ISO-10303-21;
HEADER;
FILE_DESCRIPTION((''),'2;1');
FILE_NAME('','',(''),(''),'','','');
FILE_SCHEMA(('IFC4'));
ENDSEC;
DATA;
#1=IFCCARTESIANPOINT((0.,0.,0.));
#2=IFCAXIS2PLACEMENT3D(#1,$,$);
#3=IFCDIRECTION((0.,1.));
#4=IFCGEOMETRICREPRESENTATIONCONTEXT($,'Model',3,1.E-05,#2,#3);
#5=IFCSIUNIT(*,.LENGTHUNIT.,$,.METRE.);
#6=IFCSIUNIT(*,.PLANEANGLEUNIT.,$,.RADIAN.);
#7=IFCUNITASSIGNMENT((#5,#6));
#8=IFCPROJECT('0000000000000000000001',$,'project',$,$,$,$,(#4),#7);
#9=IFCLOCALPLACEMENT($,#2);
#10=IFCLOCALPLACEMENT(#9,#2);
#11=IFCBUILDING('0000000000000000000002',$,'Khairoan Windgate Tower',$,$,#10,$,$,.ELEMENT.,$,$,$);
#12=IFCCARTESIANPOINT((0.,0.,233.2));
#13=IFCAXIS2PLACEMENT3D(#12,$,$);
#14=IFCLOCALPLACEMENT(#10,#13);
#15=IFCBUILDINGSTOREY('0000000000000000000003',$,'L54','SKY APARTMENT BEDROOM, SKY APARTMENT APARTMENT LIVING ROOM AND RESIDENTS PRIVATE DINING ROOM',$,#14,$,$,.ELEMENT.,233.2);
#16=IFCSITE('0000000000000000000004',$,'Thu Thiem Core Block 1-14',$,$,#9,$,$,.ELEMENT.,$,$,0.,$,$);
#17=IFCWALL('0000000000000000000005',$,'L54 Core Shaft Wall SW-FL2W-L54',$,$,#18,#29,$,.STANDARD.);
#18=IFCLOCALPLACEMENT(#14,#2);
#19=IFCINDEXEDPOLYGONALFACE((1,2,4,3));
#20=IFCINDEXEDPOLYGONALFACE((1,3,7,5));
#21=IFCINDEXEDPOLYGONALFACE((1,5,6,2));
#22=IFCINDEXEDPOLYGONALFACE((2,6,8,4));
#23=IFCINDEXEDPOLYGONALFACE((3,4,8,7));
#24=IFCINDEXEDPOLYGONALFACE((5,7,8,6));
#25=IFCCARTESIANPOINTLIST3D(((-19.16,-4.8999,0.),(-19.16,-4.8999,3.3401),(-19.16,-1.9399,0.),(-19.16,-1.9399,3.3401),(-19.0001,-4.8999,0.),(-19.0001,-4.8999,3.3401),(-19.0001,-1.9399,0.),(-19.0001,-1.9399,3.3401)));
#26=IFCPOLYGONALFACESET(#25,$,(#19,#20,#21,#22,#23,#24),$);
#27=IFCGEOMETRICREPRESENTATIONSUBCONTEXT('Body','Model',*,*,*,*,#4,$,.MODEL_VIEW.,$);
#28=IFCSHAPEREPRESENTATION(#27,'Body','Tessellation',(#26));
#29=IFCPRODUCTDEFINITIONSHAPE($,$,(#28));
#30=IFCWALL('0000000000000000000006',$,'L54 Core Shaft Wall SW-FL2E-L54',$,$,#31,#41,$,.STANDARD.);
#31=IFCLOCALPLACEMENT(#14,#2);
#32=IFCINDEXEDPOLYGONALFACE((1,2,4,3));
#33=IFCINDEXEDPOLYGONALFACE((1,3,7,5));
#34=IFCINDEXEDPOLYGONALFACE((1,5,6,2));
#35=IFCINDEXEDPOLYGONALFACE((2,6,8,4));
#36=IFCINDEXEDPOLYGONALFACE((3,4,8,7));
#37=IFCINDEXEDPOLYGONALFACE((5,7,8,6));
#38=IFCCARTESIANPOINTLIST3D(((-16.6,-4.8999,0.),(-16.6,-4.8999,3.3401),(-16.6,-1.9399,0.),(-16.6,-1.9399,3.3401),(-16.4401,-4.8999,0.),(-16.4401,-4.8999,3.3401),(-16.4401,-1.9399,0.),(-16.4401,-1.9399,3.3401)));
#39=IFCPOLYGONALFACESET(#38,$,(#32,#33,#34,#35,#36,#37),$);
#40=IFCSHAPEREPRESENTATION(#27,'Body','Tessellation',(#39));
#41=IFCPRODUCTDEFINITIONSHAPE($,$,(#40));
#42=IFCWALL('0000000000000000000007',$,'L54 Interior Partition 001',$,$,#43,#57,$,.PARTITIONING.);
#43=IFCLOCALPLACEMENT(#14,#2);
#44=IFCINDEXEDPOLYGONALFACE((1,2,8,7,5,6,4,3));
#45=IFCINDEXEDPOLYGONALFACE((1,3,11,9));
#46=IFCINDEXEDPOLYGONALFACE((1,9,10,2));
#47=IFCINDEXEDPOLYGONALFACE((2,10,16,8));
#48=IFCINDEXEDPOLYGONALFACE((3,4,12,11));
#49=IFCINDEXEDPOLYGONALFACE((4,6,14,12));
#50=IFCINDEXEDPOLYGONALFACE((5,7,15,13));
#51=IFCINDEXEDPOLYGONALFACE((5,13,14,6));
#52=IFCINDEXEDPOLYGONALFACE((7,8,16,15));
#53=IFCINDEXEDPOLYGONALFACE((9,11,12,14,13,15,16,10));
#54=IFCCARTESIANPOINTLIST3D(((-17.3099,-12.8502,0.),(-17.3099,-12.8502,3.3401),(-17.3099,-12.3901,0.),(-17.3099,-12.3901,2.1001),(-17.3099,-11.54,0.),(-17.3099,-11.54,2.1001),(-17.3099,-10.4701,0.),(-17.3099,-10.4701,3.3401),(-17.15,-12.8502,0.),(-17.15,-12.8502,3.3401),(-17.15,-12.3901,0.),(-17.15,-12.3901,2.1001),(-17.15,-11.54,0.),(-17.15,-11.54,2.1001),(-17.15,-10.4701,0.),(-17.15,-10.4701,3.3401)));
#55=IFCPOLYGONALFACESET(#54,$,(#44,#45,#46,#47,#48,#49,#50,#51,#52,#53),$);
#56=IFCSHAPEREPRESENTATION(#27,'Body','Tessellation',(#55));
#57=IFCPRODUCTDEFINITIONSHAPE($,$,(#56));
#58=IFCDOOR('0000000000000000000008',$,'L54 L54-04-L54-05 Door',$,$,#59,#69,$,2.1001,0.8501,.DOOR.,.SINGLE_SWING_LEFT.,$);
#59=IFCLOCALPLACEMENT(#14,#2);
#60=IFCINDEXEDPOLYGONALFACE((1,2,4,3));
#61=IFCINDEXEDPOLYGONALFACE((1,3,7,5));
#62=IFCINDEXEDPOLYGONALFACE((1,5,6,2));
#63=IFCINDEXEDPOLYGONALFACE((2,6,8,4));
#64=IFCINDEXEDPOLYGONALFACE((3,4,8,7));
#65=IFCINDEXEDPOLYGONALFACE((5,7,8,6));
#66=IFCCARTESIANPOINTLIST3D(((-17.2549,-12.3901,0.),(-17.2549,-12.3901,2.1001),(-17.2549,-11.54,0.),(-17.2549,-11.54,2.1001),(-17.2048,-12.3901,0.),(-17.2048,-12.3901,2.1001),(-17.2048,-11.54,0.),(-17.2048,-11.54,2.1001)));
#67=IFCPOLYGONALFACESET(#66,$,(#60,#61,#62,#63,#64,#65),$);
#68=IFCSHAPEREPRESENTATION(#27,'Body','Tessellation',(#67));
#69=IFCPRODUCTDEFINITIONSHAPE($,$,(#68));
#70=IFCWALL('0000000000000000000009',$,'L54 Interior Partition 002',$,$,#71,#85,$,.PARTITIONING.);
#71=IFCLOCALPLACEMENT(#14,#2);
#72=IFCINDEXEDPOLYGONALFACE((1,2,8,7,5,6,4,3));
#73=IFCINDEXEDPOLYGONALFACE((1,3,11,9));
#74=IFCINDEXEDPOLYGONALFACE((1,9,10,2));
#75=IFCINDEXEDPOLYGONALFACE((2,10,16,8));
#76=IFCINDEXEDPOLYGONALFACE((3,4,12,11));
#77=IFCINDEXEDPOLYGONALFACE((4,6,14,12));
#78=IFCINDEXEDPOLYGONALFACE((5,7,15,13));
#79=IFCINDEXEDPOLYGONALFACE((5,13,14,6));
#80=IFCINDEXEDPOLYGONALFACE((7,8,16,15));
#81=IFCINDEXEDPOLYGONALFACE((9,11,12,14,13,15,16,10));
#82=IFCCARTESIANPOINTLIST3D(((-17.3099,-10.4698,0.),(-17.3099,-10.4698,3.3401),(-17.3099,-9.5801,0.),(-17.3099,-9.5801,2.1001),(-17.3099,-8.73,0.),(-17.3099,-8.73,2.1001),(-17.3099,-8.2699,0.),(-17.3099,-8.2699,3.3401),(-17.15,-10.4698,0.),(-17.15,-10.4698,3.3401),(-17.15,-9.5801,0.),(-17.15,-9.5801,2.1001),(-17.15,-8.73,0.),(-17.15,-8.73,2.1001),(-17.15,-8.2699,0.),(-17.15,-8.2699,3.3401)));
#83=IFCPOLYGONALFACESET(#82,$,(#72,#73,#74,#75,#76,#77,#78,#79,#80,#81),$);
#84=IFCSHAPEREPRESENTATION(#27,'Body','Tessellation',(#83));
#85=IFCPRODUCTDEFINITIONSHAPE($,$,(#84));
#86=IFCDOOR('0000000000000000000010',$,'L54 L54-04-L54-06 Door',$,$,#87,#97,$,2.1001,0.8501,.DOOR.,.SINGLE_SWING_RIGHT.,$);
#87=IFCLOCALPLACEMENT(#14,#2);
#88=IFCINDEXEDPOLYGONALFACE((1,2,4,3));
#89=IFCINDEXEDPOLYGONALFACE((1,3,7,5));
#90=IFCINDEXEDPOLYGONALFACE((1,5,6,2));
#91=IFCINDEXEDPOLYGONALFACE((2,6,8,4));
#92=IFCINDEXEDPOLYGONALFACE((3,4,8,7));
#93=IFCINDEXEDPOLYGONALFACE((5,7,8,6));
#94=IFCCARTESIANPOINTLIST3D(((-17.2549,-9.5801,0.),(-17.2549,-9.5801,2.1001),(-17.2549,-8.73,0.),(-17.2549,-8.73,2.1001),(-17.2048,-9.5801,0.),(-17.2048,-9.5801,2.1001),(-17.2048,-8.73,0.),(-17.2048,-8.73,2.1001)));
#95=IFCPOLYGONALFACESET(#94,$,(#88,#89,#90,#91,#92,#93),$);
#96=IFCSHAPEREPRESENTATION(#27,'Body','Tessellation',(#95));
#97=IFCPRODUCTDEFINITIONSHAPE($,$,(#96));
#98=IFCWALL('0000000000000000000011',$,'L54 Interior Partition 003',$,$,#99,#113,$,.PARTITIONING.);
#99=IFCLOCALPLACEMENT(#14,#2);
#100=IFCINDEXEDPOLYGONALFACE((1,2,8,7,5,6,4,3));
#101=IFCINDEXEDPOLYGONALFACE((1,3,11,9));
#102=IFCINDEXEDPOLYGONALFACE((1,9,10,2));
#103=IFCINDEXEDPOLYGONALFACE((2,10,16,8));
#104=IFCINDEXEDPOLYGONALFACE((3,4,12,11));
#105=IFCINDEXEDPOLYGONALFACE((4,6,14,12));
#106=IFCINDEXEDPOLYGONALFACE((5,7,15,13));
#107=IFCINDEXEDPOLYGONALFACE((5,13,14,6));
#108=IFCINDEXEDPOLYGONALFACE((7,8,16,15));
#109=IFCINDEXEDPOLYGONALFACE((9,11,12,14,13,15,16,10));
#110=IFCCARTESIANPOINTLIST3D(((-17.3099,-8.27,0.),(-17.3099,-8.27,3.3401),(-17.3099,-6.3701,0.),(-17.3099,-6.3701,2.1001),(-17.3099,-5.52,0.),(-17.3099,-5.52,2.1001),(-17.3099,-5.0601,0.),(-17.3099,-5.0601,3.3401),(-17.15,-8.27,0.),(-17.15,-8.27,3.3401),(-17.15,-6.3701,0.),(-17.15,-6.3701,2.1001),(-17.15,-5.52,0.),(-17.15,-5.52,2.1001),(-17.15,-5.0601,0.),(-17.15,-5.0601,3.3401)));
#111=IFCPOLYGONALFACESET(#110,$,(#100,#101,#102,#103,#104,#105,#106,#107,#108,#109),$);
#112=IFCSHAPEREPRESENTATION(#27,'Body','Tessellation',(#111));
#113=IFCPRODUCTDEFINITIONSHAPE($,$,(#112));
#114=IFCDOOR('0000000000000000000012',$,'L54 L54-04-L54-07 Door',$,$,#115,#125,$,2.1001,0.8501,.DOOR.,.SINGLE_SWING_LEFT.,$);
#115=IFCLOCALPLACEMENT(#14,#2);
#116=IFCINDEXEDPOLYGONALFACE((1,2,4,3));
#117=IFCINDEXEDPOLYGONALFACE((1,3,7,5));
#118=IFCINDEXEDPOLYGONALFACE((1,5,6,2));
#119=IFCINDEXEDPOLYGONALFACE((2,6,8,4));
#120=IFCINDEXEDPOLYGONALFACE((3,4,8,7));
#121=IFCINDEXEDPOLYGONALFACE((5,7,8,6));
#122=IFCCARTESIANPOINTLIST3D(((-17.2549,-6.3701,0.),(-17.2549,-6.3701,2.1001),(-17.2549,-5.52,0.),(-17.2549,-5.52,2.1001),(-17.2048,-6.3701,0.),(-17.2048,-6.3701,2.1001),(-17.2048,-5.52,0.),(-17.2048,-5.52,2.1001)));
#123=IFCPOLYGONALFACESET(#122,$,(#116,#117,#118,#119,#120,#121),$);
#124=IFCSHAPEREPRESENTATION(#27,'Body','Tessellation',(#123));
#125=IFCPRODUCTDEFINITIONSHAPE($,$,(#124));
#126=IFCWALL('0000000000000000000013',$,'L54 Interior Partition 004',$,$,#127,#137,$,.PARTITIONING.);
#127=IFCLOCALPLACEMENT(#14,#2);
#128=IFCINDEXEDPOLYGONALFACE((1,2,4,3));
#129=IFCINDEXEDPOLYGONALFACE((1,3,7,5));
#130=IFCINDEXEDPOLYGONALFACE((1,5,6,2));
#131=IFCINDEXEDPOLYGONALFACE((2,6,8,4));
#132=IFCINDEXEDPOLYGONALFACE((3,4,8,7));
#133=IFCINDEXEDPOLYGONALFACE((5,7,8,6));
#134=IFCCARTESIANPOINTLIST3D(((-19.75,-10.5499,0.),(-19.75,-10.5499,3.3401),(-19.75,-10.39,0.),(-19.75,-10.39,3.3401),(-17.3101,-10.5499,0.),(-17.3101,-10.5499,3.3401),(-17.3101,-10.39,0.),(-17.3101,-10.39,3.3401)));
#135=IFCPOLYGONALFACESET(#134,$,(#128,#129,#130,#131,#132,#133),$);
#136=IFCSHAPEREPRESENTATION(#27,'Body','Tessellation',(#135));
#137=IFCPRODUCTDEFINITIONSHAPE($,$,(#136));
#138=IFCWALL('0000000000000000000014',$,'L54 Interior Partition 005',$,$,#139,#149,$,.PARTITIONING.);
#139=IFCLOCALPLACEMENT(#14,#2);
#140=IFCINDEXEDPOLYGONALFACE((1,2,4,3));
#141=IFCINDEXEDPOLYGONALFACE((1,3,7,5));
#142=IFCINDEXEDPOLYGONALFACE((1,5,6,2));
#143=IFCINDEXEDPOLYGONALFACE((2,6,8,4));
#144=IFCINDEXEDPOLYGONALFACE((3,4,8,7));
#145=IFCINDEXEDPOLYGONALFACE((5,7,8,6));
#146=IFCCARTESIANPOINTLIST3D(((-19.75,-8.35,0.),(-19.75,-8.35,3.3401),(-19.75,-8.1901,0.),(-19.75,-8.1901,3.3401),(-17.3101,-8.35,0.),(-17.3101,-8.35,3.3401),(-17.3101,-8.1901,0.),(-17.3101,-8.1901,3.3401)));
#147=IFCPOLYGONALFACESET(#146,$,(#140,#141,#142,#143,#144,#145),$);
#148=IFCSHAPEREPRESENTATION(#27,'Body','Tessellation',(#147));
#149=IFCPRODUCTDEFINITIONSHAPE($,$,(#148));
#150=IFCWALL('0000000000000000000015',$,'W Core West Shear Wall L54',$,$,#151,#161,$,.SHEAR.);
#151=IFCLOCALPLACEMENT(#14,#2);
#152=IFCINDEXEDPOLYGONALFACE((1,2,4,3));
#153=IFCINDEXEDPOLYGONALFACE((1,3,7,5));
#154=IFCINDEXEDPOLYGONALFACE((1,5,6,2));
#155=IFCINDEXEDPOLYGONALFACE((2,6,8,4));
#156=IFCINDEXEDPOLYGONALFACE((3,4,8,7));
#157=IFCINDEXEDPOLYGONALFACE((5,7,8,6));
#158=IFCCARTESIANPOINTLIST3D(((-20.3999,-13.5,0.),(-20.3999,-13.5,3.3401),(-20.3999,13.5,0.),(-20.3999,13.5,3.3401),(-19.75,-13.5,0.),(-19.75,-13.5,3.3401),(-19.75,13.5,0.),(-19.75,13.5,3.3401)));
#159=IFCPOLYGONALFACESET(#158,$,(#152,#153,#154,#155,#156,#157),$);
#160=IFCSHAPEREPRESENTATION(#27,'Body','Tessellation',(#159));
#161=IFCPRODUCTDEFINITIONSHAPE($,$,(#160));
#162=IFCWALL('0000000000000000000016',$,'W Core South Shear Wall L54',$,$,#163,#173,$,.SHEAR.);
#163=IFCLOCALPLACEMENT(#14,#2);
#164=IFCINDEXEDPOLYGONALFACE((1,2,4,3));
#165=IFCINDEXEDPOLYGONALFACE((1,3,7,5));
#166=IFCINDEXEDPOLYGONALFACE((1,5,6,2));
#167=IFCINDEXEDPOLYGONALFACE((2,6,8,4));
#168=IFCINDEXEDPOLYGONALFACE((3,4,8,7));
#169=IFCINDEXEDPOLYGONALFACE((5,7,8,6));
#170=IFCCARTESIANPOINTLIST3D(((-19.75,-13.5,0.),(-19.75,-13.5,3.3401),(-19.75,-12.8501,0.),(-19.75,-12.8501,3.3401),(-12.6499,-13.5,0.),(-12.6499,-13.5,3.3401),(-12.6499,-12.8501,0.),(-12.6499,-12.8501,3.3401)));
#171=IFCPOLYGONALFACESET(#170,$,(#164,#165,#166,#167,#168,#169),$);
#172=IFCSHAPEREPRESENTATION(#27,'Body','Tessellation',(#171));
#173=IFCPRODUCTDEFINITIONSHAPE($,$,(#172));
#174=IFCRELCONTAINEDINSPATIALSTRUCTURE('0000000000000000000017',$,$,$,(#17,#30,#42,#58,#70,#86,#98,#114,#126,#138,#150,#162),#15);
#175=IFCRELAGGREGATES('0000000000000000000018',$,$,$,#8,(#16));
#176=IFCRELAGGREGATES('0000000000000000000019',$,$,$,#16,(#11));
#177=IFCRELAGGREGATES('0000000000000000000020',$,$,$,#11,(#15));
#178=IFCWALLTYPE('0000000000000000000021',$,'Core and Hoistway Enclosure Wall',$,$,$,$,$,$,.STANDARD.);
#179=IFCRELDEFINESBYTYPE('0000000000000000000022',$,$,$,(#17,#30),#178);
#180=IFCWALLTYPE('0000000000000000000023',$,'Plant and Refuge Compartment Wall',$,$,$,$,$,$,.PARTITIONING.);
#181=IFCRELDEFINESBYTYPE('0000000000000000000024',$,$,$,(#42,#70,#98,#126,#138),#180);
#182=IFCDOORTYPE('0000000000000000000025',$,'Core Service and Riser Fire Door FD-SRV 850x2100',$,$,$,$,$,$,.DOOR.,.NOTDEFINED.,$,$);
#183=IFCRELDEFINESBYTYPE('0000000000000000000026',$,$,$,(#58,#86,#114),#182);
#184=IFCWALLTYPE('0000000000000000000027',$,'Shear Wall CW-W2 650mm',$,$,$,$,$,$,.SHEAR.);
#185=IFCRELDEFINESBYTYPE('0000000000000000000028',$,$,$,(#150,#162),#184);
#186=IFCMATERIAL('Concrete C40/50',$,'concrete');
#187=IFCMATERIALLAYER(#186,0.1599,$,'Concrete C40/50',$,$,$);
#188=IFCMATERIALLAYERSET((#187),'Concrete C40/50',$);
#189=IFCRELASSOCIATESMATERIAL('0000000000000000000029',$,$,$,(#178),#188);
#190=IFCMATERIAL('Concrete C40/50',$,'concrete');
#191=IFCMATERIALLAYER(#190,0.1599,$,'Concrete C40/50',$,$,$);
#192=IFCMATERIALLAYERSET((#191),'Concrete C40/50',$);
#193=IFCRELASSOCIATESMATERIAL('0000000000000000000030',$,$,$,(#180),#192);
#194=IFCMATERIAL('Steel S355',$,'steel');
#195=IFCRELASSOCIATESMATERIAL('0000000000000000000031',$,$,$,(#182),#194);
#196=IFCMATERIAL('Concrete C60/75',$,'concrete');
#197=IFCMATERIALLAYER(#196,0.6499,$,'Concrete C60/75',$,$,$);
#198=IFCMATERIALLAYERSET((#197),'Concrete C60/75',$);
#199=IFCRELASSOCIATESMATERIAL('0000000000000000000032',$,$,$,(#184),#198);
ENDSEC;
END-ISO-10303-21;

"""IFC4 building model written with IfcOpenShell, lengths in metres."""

from ifc_helpers import new_model, si_unit, direction, frame, frame_2d, origin, place, context, subcontext, project, spatial, rectangle, extrude, material, layer, layer_set, type_object, element, fill, save


model = new_model("IFC4")

# Units and contexts
model_context = context("Model", 3, precision=1e-05, world=origin(), true_north=direction((0.0, 1.0)))
body_context = subcontext(model_context, "Body", "Model", "MODEL_VIEW")
ifc_project = project(units=[si_unit("LENGTHUNIT", "METRE"), si_unit("PLANEANGLEUNIT", "RADIAN")], contexts=[model_context])

# Site, building, storey
site_placement = place(None, origin())
site = spatial("IfcSite", under=ifc_project, at=site_placement, Name="Thu Thiem Core Block 1-14", CompositionType="ELEMENT", RefElevation=0.0)
building_placement = place(site_placement, origin())
building = spatial("IfcBuilding", under=site, at=building_placement, Name="Khairoan Windgate Tower", CompositionType="ELEMENT")
storey_placement = place(building_placement, frame((0.0, 0.0, 233.2)))
storey = spatial("IfcBuildingStorey", under=building, at=storey_placement, Name="L54", Description="SKY APARTMENT BEDROOM, SKY APARTMENT APARTMENT LIVING ROOM AND RESIDENTS PRIVATE DINING ROOM", CompositionType="ELEMENT", Elevation=233.2)

# Walls
ifc_material_1 = material(Name="Concrete C40/50", Category="concrete")
ifc_layer_1 = layer(ifc_material_1, 0.1599, Name="Concrete C40/50")
ifc_layer_set_1 = layer_set([ifc_layer_1], Name="Concrete C40/50")
wall_type_1 = type_object("IfcWallType", Name="Core and Hoistway Enclosure Wall", PredefinedType="STANDARD", material=ifc_layer_set_1)
for number, where, z_axis, x_axis, name in (
    (1, (-19.0801, -4.8999, 0.0), (0.0, 0.0, 1.0), (0.0, 1.0, 0.0), "L54 Core Shaft Wall SW-FL2W-L54"),
    (2, (-16.52, -4.8999, 0.0), (0.0, 0.0, 1.0), (0.0, 1.0, 0.0), "L54 Core Shaft Wall SW-FL2E-L54"),
):
    element("IfcWall", number, at=place(storey_placement, frame(where, z_axis=z_axis, x_axis=x_axis)), inside=storey, type_object=wall_type_1, Name=name, PredefinedType="STANDARD", context=body_context, shape_type="SweptSolid", body=[
        extrude(rectangle(XDim=2.96, YDim=0.1599, at=frame_2d((1.48, 0.0))), origin(), (0.0, 0.0, 1.0), 3.3401),
    ])

# Walls, openings, doors
ifc_material_2 = material(Name="Concrete C40/50", Category="concrete")
ifc_layer_2 = layer(ifc_material_2, 0.1599, Name="Concrete C40/50")
ifc_layer_set_2 = layer_set([ifc_layer_2], Name="Concrete C40/50")
wall_type_2 = type_object("IfcWallType", Name="Plant and Refuge Compartment Wall", PredefinedType="PARTITIONING", material=ifc_layer_set_2)
wall_1_placement = place(storey_placement, frame((-17.23, -12.8501, 0.0), z_axis=(0.0, 0.0, 1.0), x_axis=(0.0, 1.0, 0.0)))
wall_1 = element("IfcWall", 3, at=wall_1_placement, inside=storey, type_object=wall_type_2, Name="L54 Interior Partition 001", PredefinedType="PARTITIONING", context=body_context, shape_type="SweptSolid", body=[
    extrude(rectangle(XDim=2.3801, YDim=0.1599, at=frame_2d((1.1899, 0.0))), origin(), (0.0, 0.0, 1.0), 3.3401),
])
opening_1_placement = place(wall_1_placement, frame((0.46, 0.0, 0.0)))
opening_1 = element("IfcOpeningElement", 4, at=opening_1_placement, cuts=wall_1, PredefinedType="OPENING", context=body_context, shape_type="SweptSolid", body=[
    extrude(rectangle(XDim=0.8501, YDim=2.1001, at=frame_2d((0.425, 1.05))), frame((0.0, 0.0898, 0.0), z_axis=(0.0, -1.0, 0.0), x_axis=(1.0, 0.0, 0.0)), (0.0, 0.0, 1.0), 0.1799),
])
ifc_material_3 = material(Name="Steel S355", Category="steel")
door_type = type_object("IfcDoorType", Name="Core Service and Riser Fire Door FD-SRV 850x2100", OperationType="NOTDEFINED", PredefinedType="DOOR", material=ifc_material_3)
door_1_placement = place(opening_1_placement, origin())
door_1 = element("IfcDoor", 5, at=door_1_placement, inside=storey, type_object=door_type, Name="L54 L54-04-L54-05 Door", OperationType="SINGLE_SWING_LEFT", OverallHeight=2.1001, OverallWidth=0.8501, PredefinedType="DOOR", context=body_context, shape_type="SweptSolid", body=[
    extrude(rectangle(XDim=0.8501, YDim=2.1001, at=frame_2d((0.425, 1.05))), frame((0.0, 0.0249, 0.0), z_axis=(0.0, -1.0, 0.0), x_axis=(1.0, 0.0, 0.0)), (0.0, 0.0, 1.0), 0.05),
])
fill(opening_1, door_1)
wall_2_placement = place(storey_placement, frame((-17.23, -10.47, 0.0), z_axis=(0.0, 0.0, 1.0), x_axis=(0.0, 1.0, 0.0)))
wall_2 = element("IfcWall", 6, at=wall_2_placement, inside=storey, type_object=wall_type_2, Name="L54 Interior Partition 002", PredefinedType="PARTITIONING", context=body_context, shape_type="SweptSolid", body=[
    extrude(rectangle(XDim=2.2, YDim=0.1599, at=frame_2d((1.1001, 0.0))), origin(), (0.0, 0.0, 1.0), 3.3401),
])
opening_2_placement = place(wall_2_placement, frame((0.8899, 0.0, 0.0)))
opening_2 = element("IfcOpeningElement", 7, at=opening_2_placement, cuts=wall_2, PredefinedType="OPENING", context=body_context, shape_type="SweptSolid", body=[
    extrude(rectangle(XDim=0.8501, YDim=2.1001, at=frame_2d((0.425, 1.05))), frame((0.0, 0.0898, 0.0), z_axis=(0.0, -1.0, 0.0), x_axis=(1.0, 0.0, 0.0)), (0.0, 0.0, 1.0), 0.1799),
])
door_2_placement = place(opening_2_placement, origin())
door_2 = element("IfcDoor", 8, at=door_2_placement, inside=storey, type_object=door_type, Name="L54 L54-04-L54-06 Door", OperationType="SINGLE_SWING_RIGHT", OverallHeight=2.1001, OverallWidth=0.8501, PredefinedType="DOOR", context=body_context, shape_type="SweptSolid", body=[
    extrude(rectangle(XDim=0.8501, YDim=2.1001, at=frame_2d((0.425, 1.05))), frame((0.0, 0.0249, 0.0), z_axis=(0.0, -1.0, 0.0), x_axis=(1.0, 0.0, 0.0)), (0.0, 0.0, 1.0), 0.05),
])
fill(opening_2, door_2)
wall_3_placement = place(storey_placement, frame((-17.23, -8.27, 0.0), z_axis=(0.0, 0.0, 1.0), x_axis=(0.0, 1.0, 0.0)))
wall_3 = element("IfcWall", 9, at=wall_3_placement, inside=storey, type_object=wall_type_2, Name="L54 Interior Partition 003", PredefinedType="PARTITIONING", context=body_context, shape_type="SweptSolid", body=[
    extrude(rectangle(XDim=3.21, YDim=0.1599, at=frame_2d((1.605, 0.0))), origin(), (0.0, 0.0, 1.0), 3.3401),
])
opening_3_placement = place(wall_3_placement, frame((1.8999, 0.0, 0.0)))
opening_3 = element("IfcOpeningElement", 10, at=opening_3_placement, cuts=wall_3, PredefinedType="OPENING", context=body_context, shape_type="SweptSolid", body=[
    extrude(rectangle(XDim=0.8501, YDim=2.1001, at=frame_2d((0.425, 1.05))), frame((0.0, 0.0898, 0.0), z_axis=(0.0, -1.0, 0.0), x_axis=(1.0, 0.0, 0.0)), (0.0, 0.0, 1.0), 0.1799),
])
door_3_placement = place(opening_3_placement, origin())
door_3 = element("IfcDoor", 11, at=door_3_placement, inside=storey, type_object=door_type, Name="L54 L54-04-L54-07 Door", OperationType="SINGLE_SWING_LEFT", OverallHeight=2.1001, OverallWidth=0.8501, PredefinedType="DOOR", context=body_context, shape_type="SweptSolid", body=[
    extrude(rectangle(XDim=0.8501, YDim=2.1001, at=frame_2d((0.425, 1.05))), frame((0.0, 0.0249, 0.0), z_axis=(0.0, -1.0, 0.0), x_axis=(1.0, 0.0, 0.0)), (0.0, 0.0, 1.0), 0.05),
])
fill(opening_3, door_3)

# Walls
for number, where, z_axis, x_axis, name in (
    (12, (-19.75, -10.47, 0.0), (0.0, 0.0, 1.0), (1.0, 0.0, 0.0), "L54 Interior Partition 004"),
    (13, (-19.75, -8.27, 0.0), (0.0, 0.0, 1.0), (1.0, 0.0, 0.0), "L54 Interior Partition 005"),
):
    element("IfcWall", number, at=place(storey_placement, frame(where, z_axis=z_axis, x_axis=x_axis)), inside=storey, type_object=wall_type_2, Name=name, PredefinedType="PARTITIONING", context=body_context, shape_type="SweptSolid", body=[
        extrude(rectangle(XDim=2.4399, YDim=0.1599, at=frame_2d((1.22, 0.0))), origin(), (0.0, 0.0, 1.0), 3.3401),
    ])
ifc_material_4 = material(Name="Concrete C60/75", Category="concrete")
ifc_layer_3 = layer(ifc_material_4, 0.6499, Name="Concrete C60/75")
ifc_layer_set_3 = layer_set([ifc_layer_3], Name="Concrete C60/75")
wall_type_3 = type_object("IfcWallType", Name="Shear Wall CW-W2 650mm", PredefinedType="SHEAR", material=ifc_layer_set_3)
wall_4_placement = place(storey_placement, frame((-20.075, -13.5, 0.0), z_axis=(0.0, 0.0, 1.0), x_axis=(0.0, 1.0, 0.0)))
element("IfcWall", 14, at=wall_4_placement, inside=storey, type_object=wall_type_3, Name="W Core West Shear Wall L54", PredefinedType="SHEAR", context=body_context, shape_type="SweptSolid", body=[
    extrude(rectangle(XDim=27.0, YDim=0.6499, at=frame_2d((13.5, 0.0))), origin(), (0.0, 0.0, 1.0), 3.3401),
])
wall_5_placement = place(storey_placement, frame((-19.75, -13.175, 0.0), z_axis=(0.0, 0.0, 1.0), x_axis=(1.0, 0.0, 0.0)))
element("IfcWall", 15, at=wall_5_placement, inside=storey, type_object=wall_type_3, Name="W Core South Shear Wall L54", PredefinedType="SHEAR", context=body_context, shape_type="SweptSolid", body=[
    extrude(rectangle(XDim=7.1001, YDim=0.6499, at=frame_2d((3.55, 0.0))), origin(), (0.0, 0.0, 1.0), 3.3401),
])

save(model, "model.ifc")
